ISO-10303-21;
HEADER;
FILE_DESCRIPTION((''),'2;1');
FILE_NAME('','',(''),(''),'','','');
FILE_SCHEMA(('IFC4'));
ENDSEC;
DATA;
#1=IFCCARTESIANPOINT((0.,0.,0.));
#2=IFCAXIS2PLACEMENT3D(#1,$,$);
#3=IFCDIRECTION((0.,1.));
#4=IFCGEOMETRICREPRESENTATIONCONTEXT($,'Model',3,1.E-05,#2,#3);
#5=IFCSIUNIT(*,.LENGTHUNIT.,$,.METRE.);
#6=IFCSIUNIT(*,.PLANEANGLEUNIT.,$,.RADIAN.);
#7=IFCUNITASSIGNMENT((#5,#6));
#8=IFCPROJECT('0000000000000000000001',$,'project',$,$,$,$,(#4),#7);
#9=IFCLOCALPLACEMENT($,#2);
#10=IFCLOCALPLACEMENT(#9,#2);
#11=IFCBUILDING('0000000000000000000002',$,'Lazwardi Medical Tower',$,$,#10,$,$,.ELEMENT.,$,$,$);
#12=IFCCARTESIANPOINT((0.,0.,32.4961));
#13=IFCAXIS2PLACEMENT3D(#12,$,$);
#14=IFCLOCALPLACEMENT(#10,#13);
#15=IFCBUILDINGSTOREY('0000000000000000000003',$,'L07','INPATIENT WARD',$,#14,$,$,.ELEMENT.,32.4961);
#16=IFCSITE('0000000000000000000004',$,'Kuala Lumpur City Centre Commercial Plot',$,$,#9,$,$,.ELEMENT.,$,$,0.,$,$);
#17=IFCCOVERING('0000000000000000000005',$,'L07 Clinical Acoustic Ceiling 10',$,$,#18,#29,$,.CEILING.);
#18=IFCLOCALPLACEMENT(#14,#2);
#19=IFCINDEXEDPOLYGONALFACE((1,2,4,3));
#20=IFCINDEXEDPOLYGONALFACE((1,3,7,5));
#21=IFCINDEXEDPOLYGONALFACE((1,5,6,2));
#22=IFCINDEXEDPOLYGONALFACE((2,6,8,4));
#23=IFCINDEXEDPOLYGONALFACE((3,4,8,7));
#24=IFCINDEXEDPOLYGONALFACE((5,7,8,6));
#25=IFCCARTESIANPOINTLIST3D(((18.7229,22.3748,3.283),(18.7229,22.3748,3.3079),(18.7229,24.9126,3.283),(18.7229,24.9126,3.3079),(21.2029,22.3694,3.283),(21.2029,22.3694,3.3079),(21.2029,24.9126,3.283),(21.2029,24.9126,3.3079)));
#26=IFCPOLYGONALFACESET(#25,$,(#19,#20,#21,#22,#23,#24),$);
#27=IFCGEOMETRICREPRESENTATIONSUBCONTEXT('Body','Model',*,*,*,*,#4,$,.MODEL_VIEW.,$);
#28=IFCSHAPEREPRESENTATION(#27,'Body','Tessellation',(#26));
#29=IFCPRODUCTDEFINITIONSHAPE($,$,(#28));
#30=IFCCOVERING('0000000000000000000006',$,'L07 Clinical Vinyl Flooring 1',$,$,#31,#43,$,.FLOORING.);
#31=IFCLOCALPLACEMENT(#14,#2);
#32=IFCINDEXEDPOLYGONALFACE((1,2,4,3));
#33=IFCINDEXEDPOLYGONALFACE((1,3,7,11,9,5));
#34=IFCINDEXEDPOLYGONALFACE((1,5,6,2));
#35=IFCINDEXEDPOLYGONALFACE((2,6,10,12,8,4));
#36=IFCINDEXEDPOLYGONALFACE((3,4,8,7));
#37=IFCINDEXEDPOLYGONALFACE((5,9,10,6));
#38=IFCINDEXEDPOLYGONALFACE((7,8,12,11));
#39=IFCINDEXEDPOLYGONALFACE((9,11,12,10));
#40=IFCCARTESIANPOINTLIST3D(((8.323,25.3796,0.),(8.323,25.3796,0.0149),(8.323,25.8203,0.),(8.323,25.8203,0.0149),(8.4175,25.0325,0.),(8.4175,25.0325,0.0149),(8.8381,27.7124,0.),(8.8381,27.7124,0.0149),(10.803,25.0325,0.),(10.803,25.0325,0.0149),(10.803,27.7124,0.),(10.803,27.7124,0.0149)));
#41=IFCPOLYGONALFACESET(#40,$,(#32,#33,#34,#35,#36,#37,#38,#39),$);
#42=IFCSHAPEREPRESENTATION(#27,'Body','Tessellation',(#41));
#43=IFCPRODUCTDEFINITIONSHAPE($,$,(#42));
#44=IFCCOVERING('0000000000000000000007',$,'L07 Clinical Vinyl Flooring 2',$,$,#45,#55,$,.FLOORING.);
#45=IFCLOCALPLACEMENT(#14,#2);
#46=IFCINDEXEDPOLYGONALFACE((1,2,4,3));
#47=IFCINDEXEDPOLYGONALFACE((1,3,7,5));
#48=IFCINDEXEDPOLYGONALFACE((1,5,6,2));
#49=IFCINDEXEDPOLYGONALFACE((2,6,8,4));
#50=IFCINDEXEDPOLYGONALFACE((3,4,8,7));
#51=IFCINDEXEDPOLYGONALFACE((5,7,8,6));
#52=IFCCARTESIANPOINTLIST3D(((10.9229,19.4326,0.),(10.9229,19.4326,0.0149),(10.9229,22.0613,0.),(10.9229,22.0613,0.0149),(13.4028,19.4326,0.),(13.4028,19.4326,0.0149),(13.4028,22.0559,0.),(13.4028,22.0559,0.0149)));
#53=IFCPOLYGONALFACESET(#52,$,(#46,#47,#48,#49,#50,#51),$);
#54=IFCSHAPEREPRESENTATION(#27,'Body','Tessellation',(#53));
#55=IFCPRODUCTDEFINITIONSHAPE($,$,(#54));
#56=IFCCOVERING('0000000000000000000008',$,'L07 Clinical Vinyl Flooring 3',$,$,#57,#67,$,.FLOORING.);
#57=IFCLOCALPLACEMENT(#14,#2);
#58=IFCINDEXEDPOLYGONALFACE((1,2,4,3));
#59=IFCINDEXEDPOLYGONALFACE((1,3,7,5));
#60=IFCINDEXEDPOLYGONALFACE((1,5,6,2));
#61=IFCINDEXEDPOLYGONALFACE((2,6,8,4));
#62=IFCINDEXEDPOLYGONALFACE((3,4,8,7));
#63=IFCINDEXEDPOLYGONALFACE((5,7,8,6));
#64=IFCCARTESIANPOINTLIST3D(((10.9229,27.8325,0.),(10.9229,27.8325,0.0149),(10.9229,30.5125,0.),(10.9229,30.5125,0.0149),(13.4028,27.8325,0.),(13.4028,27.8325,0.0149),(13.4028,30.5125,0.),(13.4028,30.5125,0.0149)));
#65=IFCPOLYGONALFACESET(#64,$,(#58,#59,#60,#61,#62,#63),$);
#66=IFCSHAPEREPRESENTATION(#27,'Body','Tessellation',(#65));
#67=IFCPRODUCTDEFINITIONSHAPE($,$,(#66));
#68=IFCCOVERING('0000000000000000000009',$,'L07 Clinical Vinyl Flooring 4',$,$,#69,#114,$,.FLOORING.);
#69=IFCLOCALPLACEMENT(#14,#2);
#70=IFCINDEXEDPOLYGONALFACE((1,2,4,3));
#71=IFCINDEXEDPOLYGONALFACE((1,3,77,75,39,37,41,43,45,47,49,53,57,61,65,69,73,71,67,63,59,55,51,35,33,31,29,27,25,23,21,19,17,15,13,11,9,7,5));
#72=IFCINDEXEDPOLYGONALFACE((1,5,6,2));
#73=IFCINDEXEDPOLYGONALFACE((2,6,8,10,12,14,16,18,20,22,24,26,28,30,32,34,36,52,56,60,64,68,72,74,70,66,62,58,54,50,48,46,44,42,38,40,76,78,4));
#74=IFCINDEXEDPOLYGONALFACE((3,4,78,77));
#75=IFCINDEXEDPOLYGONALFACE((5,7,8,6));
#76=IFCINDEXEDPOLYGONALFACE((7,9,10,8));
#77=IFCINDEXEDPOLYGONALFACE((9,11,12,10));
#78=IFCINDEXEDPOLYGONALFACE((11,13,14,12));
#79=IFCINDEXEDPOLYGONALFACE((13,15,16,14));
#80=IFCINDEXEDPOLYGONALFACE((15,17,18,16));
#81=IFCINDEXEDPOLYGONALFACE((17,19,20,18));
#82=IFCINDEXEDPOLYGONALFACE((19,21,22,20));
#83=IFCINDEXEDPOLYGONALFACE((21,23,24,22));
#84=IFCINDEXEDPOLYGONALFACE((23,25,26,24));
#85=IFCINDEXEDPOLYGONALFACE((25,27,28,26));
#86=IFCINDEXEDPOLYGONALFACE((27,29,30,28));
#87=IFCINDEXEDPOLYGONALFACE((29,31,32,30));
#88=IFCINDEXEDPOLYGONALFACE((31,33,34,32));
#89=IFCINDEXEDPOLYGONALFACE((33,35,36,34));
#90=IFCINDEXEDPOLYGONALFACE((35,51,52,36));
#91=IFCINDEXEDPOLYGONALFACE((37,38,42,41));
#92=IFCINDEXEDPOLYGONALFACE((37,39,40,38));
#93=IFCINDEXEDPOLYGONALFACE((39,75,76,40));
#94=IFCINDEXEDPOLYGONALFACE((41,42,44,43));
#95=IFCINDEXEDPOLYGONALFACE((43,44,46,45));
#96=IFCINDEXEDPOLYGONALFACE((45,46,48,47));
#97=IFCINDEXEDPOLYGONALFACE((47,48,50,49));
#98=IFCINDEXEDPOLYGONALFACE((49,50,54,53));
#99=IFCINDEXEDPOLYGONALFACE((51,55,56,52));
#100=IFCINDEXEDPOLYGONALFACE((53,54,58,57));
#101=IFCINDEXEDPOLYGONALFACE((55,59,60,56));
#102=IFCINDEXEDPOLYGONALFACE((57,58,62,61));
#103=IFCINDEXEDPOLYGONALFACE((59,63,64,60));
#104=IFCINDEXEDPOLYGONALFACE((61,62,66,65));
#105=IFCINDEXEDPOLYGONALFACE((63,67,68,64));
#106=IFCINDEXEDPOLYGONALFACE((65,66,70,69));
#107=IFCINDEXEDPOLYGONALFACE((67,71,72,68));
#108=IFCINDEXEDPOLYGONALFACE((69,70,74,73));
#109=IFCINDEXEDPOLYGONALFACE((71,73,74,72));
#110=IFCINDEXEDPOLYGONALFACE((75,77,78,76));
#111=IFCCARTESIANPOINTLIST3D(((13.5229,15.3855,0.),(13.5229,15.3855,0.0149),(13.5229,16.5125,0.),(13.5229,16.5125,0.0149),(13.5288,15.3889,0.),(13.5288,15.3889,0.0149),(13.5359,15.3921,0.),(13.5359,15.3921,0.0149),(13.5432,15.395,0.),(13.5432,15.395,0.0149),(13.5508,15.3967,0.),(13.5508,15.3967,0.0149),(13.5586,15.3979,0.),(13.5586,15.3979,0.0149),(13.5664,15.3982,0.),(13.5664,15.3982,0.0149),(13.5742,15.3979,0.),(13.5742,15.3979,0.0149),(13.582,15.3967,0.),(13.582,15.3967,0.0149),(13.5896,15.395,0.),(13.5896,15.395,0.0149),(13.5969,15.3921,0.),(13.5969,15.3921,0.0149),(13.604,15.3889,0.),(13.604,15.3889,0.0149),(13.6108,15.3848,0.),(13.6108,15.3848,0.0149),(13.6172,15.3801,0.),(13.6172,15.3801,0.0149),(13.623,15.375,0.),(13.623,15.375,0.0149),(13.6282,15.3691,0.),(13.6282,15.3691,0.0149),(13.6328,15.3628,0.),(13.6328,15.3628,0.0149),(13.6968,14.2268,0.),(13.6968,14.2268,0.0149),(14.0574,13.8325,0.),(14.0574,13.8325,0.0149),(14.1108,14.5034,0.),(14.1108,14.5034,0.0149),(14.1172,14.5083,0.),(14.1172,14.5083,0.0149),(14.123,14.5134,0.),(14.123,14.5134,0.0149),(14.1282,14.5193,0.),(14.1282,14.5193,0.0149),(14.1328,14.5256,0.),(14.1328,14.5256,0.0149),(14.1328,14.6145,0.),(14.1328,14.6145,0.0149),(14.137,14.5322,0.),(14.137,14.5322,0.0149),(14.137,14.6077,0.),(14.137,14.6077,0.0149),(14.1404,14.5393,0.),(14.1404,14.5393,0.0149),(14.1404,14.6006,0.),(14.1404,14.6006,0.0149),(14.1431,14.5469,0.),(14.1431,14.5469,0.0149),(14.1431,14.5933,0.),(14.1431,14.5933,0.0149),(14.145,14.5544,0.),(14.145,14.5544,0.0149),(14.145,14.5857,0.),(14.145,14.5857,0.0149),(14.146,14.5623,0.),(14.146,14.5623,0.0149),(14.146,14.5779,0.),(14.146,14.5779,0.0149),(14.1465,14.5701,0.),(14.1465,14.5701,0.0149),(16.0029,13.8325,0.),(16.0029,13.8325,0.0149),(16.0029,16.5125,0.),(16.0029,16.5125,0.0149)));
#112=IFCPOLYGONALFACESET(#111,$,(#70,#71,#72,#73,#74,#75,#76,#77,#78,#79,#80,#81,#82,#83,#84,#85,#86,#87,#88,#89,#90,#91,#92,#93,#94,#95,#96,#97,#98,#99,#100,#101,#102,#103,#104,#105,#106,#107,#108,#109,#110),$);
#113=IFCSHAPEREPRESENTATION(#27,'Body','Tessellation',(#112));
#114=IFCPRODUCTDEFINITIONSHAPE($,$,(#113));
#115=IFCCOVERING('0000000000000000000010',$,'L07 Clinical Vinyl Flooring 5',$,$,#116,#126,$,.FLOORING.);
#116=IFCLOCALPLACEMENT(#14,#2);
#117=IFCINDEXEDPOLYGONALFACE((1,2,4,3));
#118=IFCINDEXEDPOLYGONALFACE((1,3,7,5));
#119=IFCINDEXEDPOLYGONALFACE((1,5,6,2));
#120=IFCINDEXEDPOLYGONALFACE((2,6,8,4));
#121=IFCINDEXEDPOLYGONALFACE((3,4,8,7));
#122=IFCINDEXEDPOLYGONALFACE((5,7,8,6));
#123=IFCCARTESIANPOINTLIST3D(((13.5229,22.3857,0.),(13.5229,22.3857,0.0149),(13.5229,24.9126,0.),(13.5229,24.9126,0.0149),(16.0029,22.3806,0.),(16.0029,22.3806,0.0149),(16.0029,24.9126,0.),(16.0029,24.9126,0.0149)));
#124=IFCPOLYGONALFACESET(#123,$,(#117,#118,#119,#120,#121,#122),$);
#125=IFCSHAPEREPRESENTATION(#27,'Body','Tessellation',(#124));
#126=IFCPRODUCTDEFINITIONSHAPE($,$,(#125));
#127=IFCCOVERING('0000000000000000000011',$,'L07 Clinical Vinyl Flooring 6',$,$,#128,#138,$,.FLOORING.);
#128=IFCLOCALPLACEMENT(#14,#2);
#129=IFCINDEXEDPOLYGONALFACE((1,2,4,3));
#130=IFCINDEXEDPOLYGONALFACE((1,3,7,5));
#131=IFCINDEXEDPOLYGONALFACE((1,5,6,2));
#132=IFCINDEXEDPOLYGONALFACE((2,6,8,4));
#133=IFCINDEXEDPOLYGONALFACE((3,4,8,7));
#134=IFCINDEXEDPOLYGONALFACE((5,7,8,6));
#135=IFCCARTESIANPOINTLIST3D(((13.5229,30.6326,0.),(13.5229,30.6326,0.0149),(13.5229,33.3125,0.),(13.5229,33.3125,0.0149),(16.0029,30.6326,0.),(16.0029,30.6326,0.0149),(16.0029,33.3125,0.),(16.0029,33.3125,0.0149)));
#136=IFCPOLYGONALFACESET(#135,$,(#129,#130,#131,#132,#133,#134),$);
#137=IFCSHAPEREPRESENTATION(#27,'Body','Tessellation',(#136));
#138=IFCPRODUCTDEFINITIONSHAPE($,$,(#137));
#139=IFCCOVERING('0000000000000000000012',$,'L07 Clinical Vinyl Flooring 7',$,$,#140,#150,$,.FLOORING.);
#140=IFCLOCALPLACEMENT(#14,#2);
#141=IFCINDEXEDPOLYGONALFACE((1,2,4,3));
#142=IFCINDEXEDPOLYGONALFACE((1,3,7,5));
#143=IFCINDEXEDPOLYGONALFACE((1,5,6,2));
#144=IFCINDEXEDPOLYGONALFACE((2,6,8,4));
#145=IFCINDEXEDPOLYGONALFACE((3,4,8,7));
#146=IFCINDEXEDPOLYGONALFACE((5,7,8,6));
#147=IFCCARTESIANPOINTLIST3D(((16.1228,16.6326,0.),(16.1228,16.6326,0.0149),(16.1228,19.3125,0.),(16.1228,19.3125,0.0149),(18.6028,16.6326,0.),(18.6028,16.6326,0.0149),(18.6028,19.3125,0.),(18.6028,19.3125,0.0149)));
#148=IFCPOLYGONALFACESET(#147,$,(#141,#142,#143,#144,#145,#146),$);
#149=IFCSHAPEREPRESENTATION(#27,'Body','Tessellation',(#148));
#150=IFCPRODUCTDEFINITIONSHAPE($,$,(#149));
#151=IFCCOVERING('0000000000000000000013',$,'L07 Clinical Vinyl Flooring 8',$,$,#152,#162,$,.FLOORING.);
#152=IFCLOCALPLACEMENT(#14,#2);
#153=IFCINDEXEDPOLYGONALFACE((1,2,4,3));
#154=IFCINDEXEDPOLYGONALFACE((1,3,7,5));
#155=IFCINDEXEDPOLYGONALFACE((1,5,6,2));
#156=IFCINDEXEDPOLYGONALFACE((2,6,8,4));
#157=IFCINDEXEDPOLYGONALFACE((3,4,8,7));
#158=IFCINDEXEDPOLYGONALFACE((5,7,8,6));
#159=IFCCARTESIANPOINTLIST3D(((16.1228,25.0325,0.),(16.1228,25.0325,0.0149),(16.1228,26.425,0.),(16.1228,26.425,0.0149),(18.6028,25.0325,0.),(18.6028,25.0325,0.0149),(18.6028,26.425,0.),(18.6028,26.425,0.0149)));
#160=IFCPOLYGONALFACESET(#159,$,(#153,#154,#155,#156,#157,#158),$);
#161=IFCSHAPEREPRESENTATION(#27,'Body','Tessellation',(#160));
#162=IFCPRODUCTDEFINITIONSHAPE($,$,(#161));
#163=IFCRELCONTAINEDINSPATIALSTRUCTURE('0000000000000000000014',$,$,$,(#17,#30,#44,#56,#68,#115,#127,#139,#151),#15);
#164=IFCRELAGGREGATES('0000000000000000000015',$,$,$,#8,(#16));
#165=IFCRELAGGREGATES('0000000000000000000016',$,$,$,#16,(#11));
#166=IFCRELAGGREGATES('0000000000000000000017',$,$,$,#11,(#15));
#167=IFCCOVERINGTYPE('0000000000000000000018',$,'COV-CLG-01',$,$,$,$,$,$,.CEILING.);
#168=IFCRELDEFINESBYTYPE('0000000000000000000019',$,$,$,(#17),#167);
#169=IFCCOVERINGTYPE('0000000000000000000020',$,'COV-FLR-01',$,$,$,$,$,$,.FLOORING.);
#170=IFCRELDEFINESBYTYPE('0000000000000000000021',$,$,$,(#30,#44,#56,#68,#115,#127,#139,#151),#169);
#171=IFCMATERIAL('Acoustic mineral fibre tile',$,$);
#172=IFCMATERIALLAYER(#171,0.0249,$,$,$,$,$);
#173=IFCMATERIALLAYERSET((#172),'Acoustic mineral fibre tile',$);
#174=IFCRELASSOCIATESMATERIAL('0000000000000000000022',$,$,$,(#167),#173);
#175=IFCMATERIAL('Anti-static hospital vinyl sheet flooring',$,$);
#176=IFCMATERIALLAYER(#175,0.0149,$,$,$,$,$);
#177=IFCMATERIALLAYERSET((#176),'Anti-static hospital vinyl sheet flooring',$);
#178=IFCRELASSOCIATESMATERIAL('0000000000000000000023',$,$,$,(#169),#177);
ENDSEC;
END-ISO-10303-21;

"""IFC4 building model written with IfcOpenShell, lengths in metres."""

from ifc_helpers import new_model, si_unit, direction, frame, origin, place, context, subcontext, project, spatial, polyline, outline, extrude, material, layer, layer_set, type_object, element, save


model = new_model("IFC4")

# Units and contexts
model_context = context("Model", 3, precision=1e-05, world=origin(), true_north=direction((0.0, 1.0)))
body_context = subcontext(model_context, "Body", "Model", "MODEL_VIEW")
ifc_project = project(units=[si_unit("LENGTHUNIT", "METRE"), si_unit("PLANEANGLEUNIT", "RADIAN")], contexts=[model_context])

# Site, building, storey
site_placement = place(None, origin())
site = spatial("IfcSite", under=ifc_project, at=site_placement, Name="Kuala Lumpur City Centre Commercial Plot", CompositionType="ELEMENT", RefElevation=0.0)
building_placement = place(site_placement, origin())
building = spatial("IfcBuilding", under=site, at=building_placement, Name="Lazwardi Medical Tower", CompositionType="ELEMENT")
storey_placement = place(building_placement, frame((0.0, 0.0, 32.4961)))
storey = spatial("IfcBuildingStorey", under=building, at=storey_placement, Name="L07", Description="INPATIENT WARD", CompositionType="ELEMENT", Elevation=32.4961)

# Coverings
ifc_material_1 = material(Name="Acoustic mineral fibre tile")
ifc_layer_1 = layer(ifc_material_1, 0.0249)
ifc_layer_set_1 = layer_set([ifc_layer_1], Name="Acoustic mineral fibre tile")
covering_type_1 = type_object("IfcCoveringType", Name="COV-CLG-01", PredefinedType="CEILING", material=ifc_layer_set_1)
covering_1_placement = place(storey_placement, frame((0.0, 0.0, 3.283)))
element("IfcCovering", 1, at=covering_1_placement, inside=storey, type_object=covering_type_1, Name="L07 Clinical Acoustic Ceiling 10", PredefinedType="CEILING", context=body_context, shape_type="SweptSolid", body=[
    extrude(outline(polyline([(18.7229, 22.3748), (21.2029, 22.3694), (21.2029, 24.9126), (18.7229, 24.9126), (18.7229, 22.3748)])), origin(), (0.0, 0.0, 1.0), 0.0249),
])
ifc_material_2 = material(Name="Anti-static hospital vinyl sheet flooring")
ifc_layer_2 = layer(ifc_material_2, 0.0149)
ifc_layer_set_2 = layer_set([ifc_layer_2], Name="Anti-static hospital vinyl sheet flooring")
covering_type_2 = type_object("IfcCoveringType", Name="COV-FLR-01", PredefinedType="FLOORING", material=ifc_layer_set_2)
covering_2_placement = place(storey_placement, origin())
element("IfcCovering", 2, at=covering_2_placement, inside=storey, type_object=covering_type_2, Name="L07 Clinical Vinyl Flooring 1", PredefinedType="FLOORING", context=body_context, shape_type="SweptSolid", body=[
    extrude(outline(polyline([(8.8381, 27.7124), (8.323, 25.8203), (8.323, 25.3796), (8.4175, 25.0325), (10.803, 25.0325), (10.803, 27.7124), (8.8381, 27.7124)])), origin(), (0.0, 0.0, 1.0), 0.0149),
])
covering_3_placement = place(storey_placement, origin())
element("IfcCovering", 3, at=covering_3_placement, inside=storey, type_object=covering_type_2, Name="L07 Clinical Vinyl Flooring 2", PredefinedType="FLOORING", context=body_context, shape_type="SweptSolid", body=[
    extrude(outline(polyline([(13.4028, 22.0559), (10.9229, 22.0613), (10.9229, 19.4326), (13.4028, 19.4326), (13.4028, 22.0559)])), origin(), (0.0, 0.0, 1.0), 0.0149),
])
covering_4_placement = place(storey_placement, origin())
element("IfcCovering", 4, at=covering_4_placement, inside=storey, type_object=covering_type_2, Name="L07 Clinical Vinyl Flooring 3", PredefinedType="FLOORING", context=body_context, shape_type="SweptSolid", body=[
    extrude(outline(polyline([(13.4028, 27.8325), (13.4028, 30.5125), (10.9229, 30.5125), (10.9229, 27.8325), (13.4028, 27.8325)])), origin(), (0.0, 0.0, 1.0), 0.0149),
])
covering_5_placement = place(storey_placement, origin())
element("IfcCovering", 5, at=covering_5_placement, inside=storey, type_object=covering_type_2, Name="L07 Clinical Vinyl Flooring 4", PredefinedType="FLOORING", context=body_context, shape_type="SweptSolid", body=[
    extrude(outline(polyline([(13.5229, 15.3855), (13.5288, 15.3889), (13.5359, 15.3921), (13.5432, 15.395), (13.5508, 15.3967), (13.5586, 15.3979), (13.5664, 15.3982), (13.5742, 15.3979), (13.582, 15.3967), (13.5896, 15.395), (13.5969, 15.3921), (13.604, 15.3889), (13.6108, 15.3848), (13.6172, 15.3801), (13.623, 15.375), (13.6282, 15.3691), (13.6328, 15.3628), (14.1328, 14.6145), (14.137, 14.6077), (14.1404, 14.6006), (14.1431, 14.5933), (14.145, 14.5857), (14.146, 14.5779), (14.1465, 14.5701), (14.146, 14.5623), (14.145, 14.5544), (14.1431, 14.5469), (14.1404, 14.5393), (14.137, 14.5322), (14.1328, 14.5256), (14.1282, 14.5193), (14.123, 14.5134), (14.1172, 14.5083), (14.1108, 14.5034), (13.6968, 14.2268), (14.0574, 13.8325), (16.0029, 13.8325), (16.0029, 16.5125), (13.5229, 16.5125), (13.5229, 15.3855)])), origin(), (0.0, 0.0, 1.0), 0.0149),
])
covering_6_placement = place(storey_placement, origin())
element("IfcCovering", 6, at=covering_6_placement, inside=storey, type_object=covering_type_2, Name="L07 Clinical Vinyl Flooring 5", PredefinedType="FLOORING", context=body_context, shape_type="SweptSolid", body=[
    extrude(outline(polyline([(13.5229, 22.3857), (16.0029, 22.3806), (16.0029, 24.9126), (13.5229, 24.9126), (13.5229, 22.3857)])), origin(), (0.0, 0.0, 1.0), 0.0149),
])
covering_7_placement = place(storey_placement, origin())
element("IfcCovering", 7, at=covering_7_placement, inside=storey, type_object=covering_type_2, Name="L07 Clinical Vinyl Flooring 6", PredefinedType="FLOORING", context=body_context, shape_type="SweptSolid", body=[
    extrude(outline(polyline([(16.0029, 30.6326), (16.0029, 33.3125), (13.5229, 33.3125), (13.5229, 30.6326), (16.0029, 30.6326)])), origin(), (0.0, 0.0, 1.0), 0.0149),
])
covering_8_placement = place(storey_placement, origin())
element("IfcCovering", 8, at=covering_8_placement, inside=storey, type_object=covering_type_2, Name="L07 Clinical Vinyl Flooring 7", PredefinedType="FLOORING", context=body_context, shape_type="SweptSolid", body=[
    extrude(outline(polyline([(18.6028, 16.6326), (18.6028, 19.3125), (16.1228, 19.3125), (16.1228, 16.6326), (18.6028, 16.6326)])), origin(), (0.0, 0.0, 1.0), 0.0149),
])
covering_9_placement = place(storey_placement, origin())
element("IfcCovering", 9, at=covering_9_placement, inside=storey, type_object=covering_type_2, Name="L07 Clinical Vinyl Flooring 8", PredefinedType="FLOORING", context=body_context, shape_type="SweptSolid", body=[
    extrude(outline(polyline([(18.6028, 26.425), (16.1228, 26.425), (16.1228, 25.0325), (18.6028, 25.0325), (18.6028, 26.425)])), origin(), (0.0, 0.0, 1.0), 0.0149),
])

save(model, "model.ifc")
